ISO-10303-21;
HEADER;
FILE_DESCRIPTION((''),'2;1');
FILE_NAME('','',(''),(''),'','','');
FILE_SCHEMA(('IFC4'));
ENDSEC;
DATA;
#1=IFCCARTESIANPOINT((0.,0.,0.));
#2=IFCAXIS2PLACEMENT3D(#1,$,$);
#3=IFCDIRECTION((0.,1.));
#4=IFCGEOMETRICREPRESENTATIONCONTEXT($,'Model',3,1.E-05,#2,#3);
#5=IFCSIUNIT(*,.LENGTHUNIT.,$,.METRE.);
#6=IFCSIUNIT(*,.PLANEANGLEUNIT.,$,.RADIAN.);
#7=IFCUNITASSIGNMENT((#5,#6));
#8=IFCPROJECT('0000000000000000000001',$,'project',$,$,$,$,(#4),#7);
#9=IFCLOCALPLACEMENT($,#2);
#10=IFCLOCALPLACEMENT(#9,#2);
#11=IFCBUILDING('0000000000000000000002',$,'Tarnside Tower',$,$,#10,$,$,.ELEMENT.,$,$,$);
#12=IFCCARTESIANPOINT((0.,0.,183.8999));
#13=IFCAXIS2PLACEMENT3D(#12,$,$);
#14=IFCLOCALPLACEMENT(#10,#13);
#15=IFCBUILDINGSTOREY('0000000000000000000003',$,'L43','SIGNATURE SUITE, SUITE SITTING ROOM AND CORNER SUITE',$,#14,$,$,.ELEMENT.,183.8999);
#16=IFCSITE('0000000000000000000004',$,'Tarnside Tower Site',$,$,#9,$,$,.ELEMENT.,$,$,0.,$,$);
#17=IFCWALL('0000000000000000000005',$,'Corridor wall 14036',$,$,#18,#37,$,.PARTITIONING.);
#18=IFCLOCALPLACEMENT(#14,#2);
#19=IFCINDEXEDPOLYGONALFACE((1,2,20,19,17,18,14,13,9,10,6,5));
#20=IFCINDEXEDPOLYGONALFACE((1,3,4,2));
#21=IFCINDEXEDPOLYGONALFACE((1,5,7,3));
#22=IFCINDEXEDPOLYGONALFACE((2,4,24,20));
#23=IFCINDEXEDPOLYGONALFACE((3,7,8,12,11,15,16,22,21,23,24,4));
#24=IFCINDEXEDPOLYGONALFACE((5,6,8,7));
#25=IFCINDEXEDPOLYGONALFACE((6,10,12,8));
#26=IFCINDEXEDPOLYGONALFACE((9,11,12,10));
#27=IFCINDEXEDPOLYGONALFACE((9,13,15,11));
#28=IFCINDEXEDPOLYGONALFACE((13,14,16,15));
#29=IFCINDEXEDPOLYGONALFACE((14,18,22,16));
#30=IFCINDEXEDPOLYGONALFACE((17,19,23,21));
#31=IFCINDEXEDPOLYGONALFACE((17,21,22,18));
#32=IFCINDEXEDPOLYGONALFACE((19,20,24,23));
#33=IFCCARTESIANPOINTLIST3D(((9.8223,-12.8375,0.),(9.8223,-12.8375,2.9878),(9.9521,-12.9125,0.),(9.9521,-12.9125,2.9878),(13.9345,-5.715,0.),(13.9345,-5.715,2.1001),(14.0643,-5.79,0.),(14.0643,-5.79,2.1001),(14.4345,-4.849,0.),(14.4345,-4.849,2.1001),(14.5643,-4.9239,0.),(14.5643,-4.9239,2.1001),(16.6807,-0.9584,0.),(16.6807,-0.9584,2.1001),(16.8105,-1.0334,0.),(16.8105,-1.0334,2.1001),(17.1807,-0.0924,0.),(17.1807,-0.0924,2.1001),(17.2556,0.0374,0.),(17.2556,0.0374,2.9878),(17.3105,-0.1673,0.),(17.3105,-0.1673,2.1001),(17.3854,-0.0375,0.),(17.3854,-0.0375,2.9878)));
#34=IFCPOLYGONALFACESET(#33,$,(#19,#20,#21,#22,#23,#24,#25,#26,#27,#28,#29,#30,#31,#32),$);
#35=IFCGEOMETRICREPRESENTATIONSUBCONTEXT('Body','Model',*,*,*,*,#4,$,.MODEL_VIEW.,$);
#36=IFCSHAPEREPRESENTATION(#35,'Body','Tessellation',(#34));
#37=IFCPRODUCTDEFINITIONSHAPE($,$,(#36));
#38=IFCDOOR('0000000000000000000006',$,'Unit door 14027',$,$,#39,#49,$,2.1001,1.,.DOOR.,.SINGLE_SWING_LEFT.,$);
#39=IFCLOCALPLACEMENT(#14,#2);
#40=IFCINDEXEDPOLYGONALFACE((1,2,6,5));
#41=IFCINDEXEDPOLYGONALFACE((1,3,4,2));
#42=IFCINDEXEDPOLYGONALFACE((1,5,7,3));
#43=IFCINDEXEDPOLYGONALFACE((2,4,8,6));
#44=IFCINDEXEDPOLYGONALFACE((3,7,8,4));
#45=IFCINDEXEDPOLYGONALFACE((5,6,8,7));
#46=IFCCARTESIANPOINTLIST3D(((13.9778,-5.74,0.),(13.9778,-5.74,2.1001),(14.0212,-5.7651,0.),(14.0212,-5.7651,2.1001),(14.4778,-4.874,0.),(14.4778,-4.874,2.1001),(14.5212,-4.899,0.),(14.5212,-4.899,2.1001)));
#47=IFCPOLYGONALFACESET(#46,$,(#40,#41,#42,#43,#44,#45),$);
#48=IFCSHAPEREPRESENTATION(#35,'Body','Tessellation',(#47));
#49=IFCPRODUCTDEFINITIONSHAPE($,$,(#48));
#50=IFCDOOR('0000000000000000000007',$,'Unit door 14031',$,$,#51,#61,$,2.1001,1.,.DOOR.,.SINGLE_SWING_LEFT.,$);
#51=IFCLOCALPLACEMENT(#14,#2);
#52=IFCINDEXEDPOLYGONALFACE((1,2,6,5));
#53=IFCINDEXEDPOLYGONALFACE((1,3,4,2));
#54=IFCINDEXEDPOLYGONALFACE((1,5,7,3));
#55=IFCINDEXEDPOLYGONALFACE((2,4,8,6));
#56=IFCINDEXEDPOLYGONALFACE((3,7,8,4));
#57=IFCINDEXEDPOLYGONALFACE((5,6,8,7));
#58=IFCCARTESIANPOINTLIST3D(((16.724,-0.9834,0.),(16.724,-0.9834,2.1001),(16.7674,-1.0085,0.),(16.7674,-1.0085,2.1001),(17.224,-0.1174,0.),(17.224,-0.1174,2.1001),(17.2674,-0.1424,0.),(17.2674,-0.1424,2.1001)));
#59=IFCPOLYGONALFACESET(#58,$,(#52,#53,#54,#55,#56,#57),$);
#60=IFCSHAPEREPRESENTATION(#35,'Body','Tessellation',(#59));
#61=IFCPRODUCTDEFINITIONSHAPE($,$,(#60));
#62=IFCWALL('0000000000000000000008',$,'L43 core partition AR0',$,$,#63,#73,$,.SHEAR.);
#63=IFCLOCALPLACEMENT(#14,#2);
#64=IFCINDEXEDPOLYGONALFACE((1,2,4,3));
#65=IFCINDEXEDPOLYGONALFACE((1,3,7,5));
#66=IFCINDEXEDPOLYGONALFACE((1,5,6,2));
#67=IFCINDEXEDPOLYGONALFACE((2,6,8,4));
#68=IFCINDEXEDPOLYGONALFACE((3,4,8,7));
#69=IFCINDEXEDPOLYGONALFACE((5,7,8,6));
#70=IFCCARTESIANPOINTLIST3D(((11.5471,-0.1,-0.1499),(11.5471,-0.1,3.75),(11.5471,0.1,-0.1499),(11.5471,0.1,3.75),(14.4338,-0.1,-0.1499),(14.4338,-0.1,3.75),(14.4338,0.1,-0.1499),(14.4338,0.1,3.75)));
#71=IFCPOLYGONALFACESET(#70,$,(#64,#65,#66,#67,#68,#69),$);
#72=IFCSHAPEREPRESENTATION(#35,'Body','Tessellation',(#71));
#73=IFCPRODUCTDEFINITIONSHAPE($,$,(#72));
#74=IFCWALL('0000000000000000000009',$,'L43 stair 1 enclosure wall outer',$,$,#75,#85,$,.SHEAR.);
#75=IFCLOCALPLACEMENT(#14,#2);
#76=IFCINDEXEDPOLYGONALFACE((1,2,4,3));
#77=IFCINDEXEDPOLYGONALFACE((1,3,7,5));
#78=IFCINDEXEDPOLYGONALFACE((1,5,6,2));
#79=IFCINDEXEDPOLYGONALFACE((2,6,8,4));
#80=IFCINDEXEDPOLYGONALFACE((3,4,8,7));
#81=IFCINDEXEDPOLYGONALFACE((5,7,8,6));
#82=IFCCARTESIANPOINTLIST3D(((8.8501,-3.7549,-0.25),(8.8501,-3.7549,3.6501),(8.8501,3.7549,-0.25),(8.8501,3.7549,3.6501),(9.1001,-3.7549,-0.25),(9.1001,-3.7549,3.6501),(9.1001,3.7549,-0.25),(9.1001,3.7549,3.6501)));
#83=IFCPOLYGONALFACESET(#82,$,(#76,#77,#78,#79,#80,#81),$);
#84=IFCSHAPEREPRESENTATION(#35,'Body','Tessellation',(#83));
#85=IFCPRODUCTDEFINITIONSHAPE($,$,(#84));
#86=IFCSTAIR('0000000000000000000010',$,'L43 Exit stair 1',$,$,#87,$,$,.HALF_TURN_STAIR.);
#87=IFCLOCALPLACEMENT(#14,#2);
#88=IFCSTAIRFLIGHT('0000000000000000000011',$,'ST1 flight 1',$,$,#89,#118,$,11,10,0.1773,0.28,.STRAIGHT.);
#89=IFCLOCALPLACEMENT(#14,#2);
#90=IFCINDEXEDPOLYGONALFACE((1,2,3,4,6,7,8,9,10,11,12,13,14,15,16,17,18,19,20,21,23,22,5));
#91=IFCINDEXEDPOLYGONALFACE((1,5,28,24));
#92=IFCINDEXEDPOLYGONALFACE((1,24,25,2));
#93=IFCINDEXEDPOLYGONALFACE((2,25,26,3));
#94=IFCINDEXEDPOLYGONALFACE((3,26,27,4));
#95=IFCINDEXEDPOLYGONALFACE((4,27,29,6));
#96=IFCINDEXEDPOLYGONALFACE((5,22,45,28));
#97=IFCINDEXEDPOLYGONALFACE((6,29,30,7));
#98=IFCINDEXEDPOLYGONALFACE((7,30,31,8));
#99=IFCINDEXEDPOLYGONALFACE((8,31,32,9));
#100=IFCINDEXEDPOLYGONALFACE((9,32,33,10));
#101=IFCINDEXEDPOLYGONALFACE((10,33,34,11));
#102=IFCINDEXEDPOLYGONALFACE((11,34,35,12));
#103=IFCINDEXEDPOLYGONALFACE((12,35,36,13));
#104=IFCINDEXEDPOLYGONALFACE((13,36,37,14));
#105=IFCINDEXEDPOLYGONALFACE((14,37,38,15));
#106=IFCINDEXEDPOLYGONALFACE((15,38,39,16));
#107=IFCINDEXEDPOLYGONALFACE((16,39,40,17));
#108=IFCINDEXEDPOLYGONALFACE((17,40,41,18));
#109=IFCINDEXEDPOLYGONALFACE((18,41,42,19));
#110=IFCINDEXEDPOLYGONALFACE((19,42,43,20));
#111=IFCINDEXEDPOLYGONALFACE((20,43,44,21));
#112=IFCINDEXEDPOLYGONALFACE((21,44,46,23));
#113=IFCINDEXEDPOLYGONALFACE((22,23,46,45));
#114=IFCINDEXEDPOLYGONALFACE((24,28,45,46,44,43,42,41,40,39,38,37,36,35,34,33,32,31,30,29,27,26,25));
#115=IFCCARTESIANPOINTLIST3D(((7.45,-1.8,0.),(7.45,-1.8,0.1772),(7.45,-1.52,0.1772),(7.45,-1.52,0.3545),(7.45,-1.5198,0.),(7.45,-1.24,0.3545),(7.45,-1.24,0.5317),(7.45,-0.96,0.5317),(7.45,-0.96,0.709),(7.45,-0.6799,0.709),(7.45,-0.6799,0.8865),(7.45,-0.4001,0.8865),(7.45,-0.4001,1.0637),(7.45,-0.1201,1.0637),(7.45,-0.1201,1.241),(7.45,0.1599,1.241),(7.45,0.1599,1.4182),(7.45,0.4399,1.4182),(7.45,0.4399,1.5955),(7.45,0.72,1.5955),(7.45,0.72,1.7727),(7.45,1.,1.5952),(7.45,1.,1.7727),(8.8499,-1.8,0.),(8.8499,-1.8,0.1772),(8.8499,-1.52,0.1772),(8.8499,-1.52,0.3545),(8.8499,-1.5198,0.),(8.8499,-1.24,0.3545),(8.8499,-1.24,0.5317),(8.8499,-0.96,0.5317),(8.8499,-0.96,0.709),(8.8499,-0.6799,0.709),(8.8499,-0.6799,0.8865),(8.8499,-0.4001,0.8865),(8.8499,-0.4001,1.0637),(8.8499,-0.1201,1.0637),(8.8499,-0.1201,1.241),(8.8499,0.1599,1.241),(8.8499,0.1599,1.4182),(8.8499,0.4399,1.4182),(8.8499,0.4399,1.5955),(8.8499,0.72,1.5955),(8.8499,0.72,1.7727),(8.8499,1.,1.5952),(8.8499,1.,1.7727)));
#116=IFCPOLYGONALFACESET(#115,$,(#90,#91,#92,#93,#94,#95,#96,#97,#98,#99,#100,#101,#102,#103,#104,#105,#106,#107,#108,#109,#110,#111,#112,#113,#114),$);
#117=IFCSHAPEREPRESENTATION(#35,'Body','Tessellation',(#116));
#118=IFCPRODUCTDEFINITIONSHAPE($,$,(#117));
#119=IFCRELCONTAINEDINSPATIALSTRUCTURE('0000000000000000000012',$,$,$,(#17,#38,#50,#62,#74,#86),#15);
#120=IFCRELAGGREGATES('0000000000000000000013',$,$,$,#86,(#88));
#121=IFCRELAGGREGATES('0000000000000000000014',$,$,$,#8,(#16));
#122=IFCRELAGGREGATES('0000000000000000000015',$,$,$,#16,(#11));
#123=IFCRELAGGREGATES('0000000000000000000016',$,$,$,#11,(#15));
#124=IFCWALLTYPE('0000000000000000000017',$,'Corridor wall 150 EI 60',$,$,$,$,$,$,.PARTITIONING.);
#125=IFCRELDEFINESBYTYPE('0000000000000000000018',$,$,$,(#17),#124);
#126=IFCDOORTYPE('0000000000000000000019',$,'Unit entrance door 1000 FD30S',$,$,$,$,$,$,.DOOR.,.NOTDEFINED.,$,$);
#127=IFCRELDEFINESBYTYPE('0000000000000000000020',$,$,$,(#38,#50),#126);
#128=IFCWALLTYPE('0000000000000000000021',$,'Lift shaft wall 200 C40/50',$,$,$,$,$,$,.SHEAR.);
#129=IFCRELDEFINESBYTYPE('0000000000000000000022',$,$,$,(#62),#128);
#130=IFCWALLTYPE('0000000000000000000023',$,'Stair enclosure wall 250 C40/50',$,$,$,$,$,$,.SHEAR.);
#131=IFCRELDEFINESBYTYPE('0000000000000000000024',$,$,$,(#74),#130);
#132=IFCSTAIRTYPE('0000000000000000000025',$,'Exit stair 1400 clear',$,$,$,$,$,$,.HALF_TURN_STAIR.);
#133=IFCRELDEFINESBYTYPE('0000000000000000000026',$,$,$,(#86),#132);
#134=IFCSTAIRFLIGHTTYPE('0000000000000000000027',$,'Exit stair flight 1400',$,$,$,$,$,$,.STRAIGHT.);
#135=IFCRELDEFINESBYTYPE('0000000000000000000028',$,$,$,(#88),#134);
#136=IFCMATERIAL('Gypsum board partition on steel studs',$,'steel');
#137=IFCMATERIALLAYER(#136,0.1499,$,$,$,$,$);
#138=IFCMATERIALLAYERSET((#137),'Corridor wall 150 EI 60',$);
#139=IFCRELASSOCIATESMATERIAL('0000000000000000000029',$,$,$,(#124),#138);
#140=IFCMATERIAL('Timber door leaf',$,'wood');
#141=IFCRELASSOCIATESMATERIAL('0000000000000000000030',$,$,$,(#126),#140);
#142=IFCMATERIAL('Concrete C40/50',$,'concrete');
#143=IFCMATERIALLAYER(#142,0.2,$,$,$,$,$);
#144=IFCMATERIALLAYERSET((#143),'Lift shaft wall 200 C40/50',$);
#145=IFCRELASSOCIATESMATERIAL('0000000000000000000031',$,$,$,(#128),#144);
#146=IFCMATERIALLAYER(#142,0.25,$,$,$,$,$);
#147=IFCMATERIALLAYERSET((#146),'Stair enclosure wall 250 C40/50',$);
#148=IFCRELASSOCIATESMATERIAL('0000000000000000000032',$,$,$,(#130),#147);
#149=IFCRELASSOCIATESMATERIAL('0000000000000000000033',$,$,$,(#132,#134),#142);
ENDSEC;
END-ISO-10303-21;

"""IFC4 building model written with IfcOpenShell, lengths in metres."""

from ifc_helpers import new_model, si_unit, direction, frame, frame_2d, origin, place, context, subcontext, project, spatial, polyline, rectangle, outline, extrude, material, layer, layer_set, type_object, element, fill, aggregate, save


model = new_model("IFC4")

# Units and contexts
model_context = context("Model", 3, precision=1e-05, world=origin(), true_north=direction((0.0, 1.0)))
body_context = subcontext(model_context, "Body", "Model", "MODEL_VIEW")
ifc_project = project(units=[si_unit("LENGTHUNIT", "METRE"), si_unit("PLANEANGLEUNIT", "RADIAN")], contexts=[model_context])

# Site, building, storey
site_placement = place(None, origin())
site = spatial("IfcSite", under=ifc_project, at=site_placement, Name="Tarnside Tower Site", CompositionType="ELEMENT", RefElevation=0.0)
building_placement = place(site_placement, origin())
building = spatial("IfcBuilding", under=site, at=building_placement, Name="Tarnside Tower", CompositionType="ELEMENT")
storey_placement = place(building_placement, frame((0.0, 0.0, 183.8999)))
storey = spatial("IfcBuildingStorey", under=building, at=storey_placement, Name="L43", Description="SIGNATURE SUITE, SUITE SITTING ROOM AND CORNER SUITE", CompositionType="ELEMENT", Elevation=183.8999)

# Shared definitions
ifc_material_1 = material(Name="Gypsum board partition on steel studs", Category="steel")
ifc_material_2 = material(Name="Timber door leaf", Category="wood")

# Wall, openings, doors
ifc_layer_1 = layer(ifc_material_1, 0.1499)
ifc_layer_set_1 = layer_set([ifc_layer_1], Name="Corridor wall 150 EI 60")
wall_type_1 = type_object("IfcWallType", Name="Corridor wall 150 EI 60", PredefinedType="PARTITIONING", material=ifc_layer_set_1)
wall_1_placement = place(storey_placement, frame((9.8872, -12.875, 0.0), z_axis=(0.0, 0.0, 1.0), x_axis=(0.499998, 0.866026, 0.0)))
wall_1 = element("IfcWall", 1, at=wall_1_placement, inside=storey, type_object=wall_type_1, Name="Corridor wall 14036", PredefinedType="PARTITIONING", context=body_context, shape_type="SweptSolid", body=[
    extrude(rectangle(XDim=14.8667, YDim=0.1499, at=frame_2d((7.4333, 0.0))), origin(), (0.0, 0.0, 1.0), 2.9878),
])
opening_1_placement = place(wall_1_placement, frame((8.2244, 0.0, 0.0)))
opening_1 = element("IfcOpeningElement", 2, at=opening_1_placement, cuts=wall_1, PredefinedType="OPENING", context=body_context, shape_type="SweptSolid", body=[
    extrude(rectangle(XDim=1.0, YDim=2.1001, at=frame_2d((0.5, 1.05))), frame((0.0, 0.085, 0.0), z_axis=(0.0, -1.0, 0.0), x_axis=(1.0, 0.0, 0.0)), (0.0, 0.0, 1.0), 0.1699),
])
opening_2_placement = place(wall_1_placement, frame((13.7168, 0.0, 0.0)))
opening_2 = element("IfcOpeningElement", 3, at=opening_2_placement, cuts=wall_1, PredefinedType="OPENING", context=body_context, shape_type="SweptSolid", body=[
    extrude(rectangle(XDim=1.0, YDim=2.1001, at=frame_2d((0.5, 1.05))), frame((0.0, 0.085, 0.0), z_axis=(0.0, -1.0, 0.0), x_axis=(1.0, 0.0, 0.0)), (0.0, 0.0, 1.0), 0.1699),
])
door_type_1 = type_object("IfcDoorType", Name="Unit entrance door 1000 FD30S", OperationType="NOTDEFINED", PredefinedType="DOOR", material=ifc_material_2)
door_1_placement = place(opening_1_placement, origin())
door_1 = element("IfcDoor", 4, at=door_1_placement, inside=storey, type_object=door_type_1, Name="Unit door 14027", OperationType="SINGLE_SWING_LEFT", OverallHeight=2.1001, OverallWidth=1.0, PredefinedType="DOOR", context=body_context, shape_type="SweptSolid", body=[
    extrude(rectangle(XDim=1.0, YDim=2.1001, at=frame_2d((0.5, 1.05))), frame((0.0, 0.0249, 0.0), z_axis=(0.0, -1.0, 0.0), x_axis=(1.0, 0.0, 0.0)), (0.0, 0.0, 1.0), 0.05),
])
fill(opening_1, door_1)
door_2_placement = place(opening_2_placement, origin())
door_2 = element("IfcDoor", 5, at=door_2_placement, inside=storey, type_object=door_type_1, Name="Unit door 14031", OperationType="SINGLE_SWING_LEFT", OverallHeight=2.1001, OverallWidth=1.0, PredefinedType="DOOR", context=body_context, shape_type="SweptSolid", body=[
    extrude(rectangle(XDim=1.0, YDim=2.1001, at=frame_2d((0.5, 1.05))), frame((0.0, 0.0249, 0.0), z_axis=(0.0, -1.0, 0.0), x_axis=(1.0, 0.0, 0.0)), (0.0, 0.0, 1.0), 0.05),
])
fill(opening_2, door_2)

# Walls
ifc_material_3 = material(Name="Concrete C40/50", Category="concrete")
ifc_layer_2 = layer(ifc_material_3, 0.2)
ifc_layer_set_2 = layer_set([ifc_layer_2], Name="Lift shaft wall 200 C40/50")
wall_type_2 = type_object("IfcWallType", Name="Lift shaft wall 200 C40/50", PredefinedType="SHEAR", material=ifc_layer_set_2)
wall_2_placement = place(storey_placement, frame((11.5471, 0.0, -0.1499), z_axis=(0.0, 0.0, 1.0), x_axis=(1.0, 0.0, 0.0)))
element("IfcWall", 6, at=wall_2_placement, inside=storey, type_object=wall_type_2, Name="L43 core partition AR0", PredefinedType="SHEAR", context=body_context, shape_type="SweptSolid", body=[
    extrude(rectangle(XDim=2.8867, YDim=0.2, at=frame_2d((1.4434, 0.0))), origin(), (0.0, 0.0, 1.0), 3.8999),
])
ifc_layer_3 = layer(ifc_material_3, 0.25)
ifc_layer_set_3 = layer_set([ifc_layer_3], Name="Stair enclosure wall 250 C40/50")
wall_type_3 = type_object("IfcWallType", Name="Stair enclosure wall 250 C40/50", PredefinedType="SHEAR", material=ifc_layer_set_3)
wall_3_placement = place(storey_placement, frame((8.9751, -3.7549, -0.25), z_axis=(0.0, 0.0, 1.0), x_axis=(0.0, 1.0, 0.0)))
element("IfcWall", 7, at=wall_3_placement, inside=storey, type_object=wall_type_3, Name="L43 stair 1 enclosure wall outer", PredefinedType="SHEAR", context=body_context, shape_type="SweptSolid", body=[
    extrude(rectangle(XDim=7.5098, YDim=0.25, at=frame_2d((3.7549, 0.0))), origin(), (0.0, 0.0, 1.0), 3.9001),
])

# Stair, stair flight
stair_type = type_object("IfcStairType", Name="Exit stair 1400 clear", PredefinedType="HALF_TURN_STAIR", material=ifc_material_3)
stair_placement = place(storey_placement, origin())
stair = element("IfcStair", 8, at=stair_placement, inside=storey, type_object=stair_type, Name="L43 Exit stair 1", PredefinedType="HALF_TURN_STAIR")
stair_flight_type = type_object("IfcStairFlightType", Name="Exit stair flight 1400", PredefinedType="STRAIGHT", material=ifc_material_3)
stair_flight_placement = place(storey_placement, frame((8.1499, -1.8, 0.0), z_axis=(0.0, 0.0, 1.0), x_axis=(0.0, 1.0, 0.0)))
stair_flight = element("IfcStairFlight", 9, at=stair_flight_placement, type_object=stair_flight_type, Name="ST1 flight 1", NumberOfRisers=11, NumberOfTreads=10, PredefinedType="STRAIGHT", RiserHeight=0.1773, TreadLength=0.28, context=body_context, shape_type="SweptSolid", body=[
    extrude(outline(polyline([(0.0, 0.0), (0.0, 0.1772), (0.28, 0.1772), (0.28, 0.3545), (0.5601, 0.3545), (0.5601, 0.5317), (0.8401, 0.5317), (0.8401, 0.709), (1.1201, 0.709), (1.1201, 0.8865), (1.3999, 0.8865), (1.3999, 1.0637), (1.6799, 1.0637), (1.6799, 1.241), (1.96, 1.241), (1.96, 1.4182), (2.24, 1.4182), (2.24, 1.5955), (2.52, 1.5955), (2.52, 1.7727), (2.8, 1.7727), (2.8, 1.95), (2.8, 1.5952), (0.2803, 0.0), (0.0, 0.0)])), frame((0.0, 0.7, 0.0), z_axis=(0.0, -1.0, 0.0), x_axis=(1.0, 0.0, 0.0)), (0.0, 0.0, 1.0), 1.3999),
])
aggregate(stair, [stair_flight])

save(model, "model.ifc")
